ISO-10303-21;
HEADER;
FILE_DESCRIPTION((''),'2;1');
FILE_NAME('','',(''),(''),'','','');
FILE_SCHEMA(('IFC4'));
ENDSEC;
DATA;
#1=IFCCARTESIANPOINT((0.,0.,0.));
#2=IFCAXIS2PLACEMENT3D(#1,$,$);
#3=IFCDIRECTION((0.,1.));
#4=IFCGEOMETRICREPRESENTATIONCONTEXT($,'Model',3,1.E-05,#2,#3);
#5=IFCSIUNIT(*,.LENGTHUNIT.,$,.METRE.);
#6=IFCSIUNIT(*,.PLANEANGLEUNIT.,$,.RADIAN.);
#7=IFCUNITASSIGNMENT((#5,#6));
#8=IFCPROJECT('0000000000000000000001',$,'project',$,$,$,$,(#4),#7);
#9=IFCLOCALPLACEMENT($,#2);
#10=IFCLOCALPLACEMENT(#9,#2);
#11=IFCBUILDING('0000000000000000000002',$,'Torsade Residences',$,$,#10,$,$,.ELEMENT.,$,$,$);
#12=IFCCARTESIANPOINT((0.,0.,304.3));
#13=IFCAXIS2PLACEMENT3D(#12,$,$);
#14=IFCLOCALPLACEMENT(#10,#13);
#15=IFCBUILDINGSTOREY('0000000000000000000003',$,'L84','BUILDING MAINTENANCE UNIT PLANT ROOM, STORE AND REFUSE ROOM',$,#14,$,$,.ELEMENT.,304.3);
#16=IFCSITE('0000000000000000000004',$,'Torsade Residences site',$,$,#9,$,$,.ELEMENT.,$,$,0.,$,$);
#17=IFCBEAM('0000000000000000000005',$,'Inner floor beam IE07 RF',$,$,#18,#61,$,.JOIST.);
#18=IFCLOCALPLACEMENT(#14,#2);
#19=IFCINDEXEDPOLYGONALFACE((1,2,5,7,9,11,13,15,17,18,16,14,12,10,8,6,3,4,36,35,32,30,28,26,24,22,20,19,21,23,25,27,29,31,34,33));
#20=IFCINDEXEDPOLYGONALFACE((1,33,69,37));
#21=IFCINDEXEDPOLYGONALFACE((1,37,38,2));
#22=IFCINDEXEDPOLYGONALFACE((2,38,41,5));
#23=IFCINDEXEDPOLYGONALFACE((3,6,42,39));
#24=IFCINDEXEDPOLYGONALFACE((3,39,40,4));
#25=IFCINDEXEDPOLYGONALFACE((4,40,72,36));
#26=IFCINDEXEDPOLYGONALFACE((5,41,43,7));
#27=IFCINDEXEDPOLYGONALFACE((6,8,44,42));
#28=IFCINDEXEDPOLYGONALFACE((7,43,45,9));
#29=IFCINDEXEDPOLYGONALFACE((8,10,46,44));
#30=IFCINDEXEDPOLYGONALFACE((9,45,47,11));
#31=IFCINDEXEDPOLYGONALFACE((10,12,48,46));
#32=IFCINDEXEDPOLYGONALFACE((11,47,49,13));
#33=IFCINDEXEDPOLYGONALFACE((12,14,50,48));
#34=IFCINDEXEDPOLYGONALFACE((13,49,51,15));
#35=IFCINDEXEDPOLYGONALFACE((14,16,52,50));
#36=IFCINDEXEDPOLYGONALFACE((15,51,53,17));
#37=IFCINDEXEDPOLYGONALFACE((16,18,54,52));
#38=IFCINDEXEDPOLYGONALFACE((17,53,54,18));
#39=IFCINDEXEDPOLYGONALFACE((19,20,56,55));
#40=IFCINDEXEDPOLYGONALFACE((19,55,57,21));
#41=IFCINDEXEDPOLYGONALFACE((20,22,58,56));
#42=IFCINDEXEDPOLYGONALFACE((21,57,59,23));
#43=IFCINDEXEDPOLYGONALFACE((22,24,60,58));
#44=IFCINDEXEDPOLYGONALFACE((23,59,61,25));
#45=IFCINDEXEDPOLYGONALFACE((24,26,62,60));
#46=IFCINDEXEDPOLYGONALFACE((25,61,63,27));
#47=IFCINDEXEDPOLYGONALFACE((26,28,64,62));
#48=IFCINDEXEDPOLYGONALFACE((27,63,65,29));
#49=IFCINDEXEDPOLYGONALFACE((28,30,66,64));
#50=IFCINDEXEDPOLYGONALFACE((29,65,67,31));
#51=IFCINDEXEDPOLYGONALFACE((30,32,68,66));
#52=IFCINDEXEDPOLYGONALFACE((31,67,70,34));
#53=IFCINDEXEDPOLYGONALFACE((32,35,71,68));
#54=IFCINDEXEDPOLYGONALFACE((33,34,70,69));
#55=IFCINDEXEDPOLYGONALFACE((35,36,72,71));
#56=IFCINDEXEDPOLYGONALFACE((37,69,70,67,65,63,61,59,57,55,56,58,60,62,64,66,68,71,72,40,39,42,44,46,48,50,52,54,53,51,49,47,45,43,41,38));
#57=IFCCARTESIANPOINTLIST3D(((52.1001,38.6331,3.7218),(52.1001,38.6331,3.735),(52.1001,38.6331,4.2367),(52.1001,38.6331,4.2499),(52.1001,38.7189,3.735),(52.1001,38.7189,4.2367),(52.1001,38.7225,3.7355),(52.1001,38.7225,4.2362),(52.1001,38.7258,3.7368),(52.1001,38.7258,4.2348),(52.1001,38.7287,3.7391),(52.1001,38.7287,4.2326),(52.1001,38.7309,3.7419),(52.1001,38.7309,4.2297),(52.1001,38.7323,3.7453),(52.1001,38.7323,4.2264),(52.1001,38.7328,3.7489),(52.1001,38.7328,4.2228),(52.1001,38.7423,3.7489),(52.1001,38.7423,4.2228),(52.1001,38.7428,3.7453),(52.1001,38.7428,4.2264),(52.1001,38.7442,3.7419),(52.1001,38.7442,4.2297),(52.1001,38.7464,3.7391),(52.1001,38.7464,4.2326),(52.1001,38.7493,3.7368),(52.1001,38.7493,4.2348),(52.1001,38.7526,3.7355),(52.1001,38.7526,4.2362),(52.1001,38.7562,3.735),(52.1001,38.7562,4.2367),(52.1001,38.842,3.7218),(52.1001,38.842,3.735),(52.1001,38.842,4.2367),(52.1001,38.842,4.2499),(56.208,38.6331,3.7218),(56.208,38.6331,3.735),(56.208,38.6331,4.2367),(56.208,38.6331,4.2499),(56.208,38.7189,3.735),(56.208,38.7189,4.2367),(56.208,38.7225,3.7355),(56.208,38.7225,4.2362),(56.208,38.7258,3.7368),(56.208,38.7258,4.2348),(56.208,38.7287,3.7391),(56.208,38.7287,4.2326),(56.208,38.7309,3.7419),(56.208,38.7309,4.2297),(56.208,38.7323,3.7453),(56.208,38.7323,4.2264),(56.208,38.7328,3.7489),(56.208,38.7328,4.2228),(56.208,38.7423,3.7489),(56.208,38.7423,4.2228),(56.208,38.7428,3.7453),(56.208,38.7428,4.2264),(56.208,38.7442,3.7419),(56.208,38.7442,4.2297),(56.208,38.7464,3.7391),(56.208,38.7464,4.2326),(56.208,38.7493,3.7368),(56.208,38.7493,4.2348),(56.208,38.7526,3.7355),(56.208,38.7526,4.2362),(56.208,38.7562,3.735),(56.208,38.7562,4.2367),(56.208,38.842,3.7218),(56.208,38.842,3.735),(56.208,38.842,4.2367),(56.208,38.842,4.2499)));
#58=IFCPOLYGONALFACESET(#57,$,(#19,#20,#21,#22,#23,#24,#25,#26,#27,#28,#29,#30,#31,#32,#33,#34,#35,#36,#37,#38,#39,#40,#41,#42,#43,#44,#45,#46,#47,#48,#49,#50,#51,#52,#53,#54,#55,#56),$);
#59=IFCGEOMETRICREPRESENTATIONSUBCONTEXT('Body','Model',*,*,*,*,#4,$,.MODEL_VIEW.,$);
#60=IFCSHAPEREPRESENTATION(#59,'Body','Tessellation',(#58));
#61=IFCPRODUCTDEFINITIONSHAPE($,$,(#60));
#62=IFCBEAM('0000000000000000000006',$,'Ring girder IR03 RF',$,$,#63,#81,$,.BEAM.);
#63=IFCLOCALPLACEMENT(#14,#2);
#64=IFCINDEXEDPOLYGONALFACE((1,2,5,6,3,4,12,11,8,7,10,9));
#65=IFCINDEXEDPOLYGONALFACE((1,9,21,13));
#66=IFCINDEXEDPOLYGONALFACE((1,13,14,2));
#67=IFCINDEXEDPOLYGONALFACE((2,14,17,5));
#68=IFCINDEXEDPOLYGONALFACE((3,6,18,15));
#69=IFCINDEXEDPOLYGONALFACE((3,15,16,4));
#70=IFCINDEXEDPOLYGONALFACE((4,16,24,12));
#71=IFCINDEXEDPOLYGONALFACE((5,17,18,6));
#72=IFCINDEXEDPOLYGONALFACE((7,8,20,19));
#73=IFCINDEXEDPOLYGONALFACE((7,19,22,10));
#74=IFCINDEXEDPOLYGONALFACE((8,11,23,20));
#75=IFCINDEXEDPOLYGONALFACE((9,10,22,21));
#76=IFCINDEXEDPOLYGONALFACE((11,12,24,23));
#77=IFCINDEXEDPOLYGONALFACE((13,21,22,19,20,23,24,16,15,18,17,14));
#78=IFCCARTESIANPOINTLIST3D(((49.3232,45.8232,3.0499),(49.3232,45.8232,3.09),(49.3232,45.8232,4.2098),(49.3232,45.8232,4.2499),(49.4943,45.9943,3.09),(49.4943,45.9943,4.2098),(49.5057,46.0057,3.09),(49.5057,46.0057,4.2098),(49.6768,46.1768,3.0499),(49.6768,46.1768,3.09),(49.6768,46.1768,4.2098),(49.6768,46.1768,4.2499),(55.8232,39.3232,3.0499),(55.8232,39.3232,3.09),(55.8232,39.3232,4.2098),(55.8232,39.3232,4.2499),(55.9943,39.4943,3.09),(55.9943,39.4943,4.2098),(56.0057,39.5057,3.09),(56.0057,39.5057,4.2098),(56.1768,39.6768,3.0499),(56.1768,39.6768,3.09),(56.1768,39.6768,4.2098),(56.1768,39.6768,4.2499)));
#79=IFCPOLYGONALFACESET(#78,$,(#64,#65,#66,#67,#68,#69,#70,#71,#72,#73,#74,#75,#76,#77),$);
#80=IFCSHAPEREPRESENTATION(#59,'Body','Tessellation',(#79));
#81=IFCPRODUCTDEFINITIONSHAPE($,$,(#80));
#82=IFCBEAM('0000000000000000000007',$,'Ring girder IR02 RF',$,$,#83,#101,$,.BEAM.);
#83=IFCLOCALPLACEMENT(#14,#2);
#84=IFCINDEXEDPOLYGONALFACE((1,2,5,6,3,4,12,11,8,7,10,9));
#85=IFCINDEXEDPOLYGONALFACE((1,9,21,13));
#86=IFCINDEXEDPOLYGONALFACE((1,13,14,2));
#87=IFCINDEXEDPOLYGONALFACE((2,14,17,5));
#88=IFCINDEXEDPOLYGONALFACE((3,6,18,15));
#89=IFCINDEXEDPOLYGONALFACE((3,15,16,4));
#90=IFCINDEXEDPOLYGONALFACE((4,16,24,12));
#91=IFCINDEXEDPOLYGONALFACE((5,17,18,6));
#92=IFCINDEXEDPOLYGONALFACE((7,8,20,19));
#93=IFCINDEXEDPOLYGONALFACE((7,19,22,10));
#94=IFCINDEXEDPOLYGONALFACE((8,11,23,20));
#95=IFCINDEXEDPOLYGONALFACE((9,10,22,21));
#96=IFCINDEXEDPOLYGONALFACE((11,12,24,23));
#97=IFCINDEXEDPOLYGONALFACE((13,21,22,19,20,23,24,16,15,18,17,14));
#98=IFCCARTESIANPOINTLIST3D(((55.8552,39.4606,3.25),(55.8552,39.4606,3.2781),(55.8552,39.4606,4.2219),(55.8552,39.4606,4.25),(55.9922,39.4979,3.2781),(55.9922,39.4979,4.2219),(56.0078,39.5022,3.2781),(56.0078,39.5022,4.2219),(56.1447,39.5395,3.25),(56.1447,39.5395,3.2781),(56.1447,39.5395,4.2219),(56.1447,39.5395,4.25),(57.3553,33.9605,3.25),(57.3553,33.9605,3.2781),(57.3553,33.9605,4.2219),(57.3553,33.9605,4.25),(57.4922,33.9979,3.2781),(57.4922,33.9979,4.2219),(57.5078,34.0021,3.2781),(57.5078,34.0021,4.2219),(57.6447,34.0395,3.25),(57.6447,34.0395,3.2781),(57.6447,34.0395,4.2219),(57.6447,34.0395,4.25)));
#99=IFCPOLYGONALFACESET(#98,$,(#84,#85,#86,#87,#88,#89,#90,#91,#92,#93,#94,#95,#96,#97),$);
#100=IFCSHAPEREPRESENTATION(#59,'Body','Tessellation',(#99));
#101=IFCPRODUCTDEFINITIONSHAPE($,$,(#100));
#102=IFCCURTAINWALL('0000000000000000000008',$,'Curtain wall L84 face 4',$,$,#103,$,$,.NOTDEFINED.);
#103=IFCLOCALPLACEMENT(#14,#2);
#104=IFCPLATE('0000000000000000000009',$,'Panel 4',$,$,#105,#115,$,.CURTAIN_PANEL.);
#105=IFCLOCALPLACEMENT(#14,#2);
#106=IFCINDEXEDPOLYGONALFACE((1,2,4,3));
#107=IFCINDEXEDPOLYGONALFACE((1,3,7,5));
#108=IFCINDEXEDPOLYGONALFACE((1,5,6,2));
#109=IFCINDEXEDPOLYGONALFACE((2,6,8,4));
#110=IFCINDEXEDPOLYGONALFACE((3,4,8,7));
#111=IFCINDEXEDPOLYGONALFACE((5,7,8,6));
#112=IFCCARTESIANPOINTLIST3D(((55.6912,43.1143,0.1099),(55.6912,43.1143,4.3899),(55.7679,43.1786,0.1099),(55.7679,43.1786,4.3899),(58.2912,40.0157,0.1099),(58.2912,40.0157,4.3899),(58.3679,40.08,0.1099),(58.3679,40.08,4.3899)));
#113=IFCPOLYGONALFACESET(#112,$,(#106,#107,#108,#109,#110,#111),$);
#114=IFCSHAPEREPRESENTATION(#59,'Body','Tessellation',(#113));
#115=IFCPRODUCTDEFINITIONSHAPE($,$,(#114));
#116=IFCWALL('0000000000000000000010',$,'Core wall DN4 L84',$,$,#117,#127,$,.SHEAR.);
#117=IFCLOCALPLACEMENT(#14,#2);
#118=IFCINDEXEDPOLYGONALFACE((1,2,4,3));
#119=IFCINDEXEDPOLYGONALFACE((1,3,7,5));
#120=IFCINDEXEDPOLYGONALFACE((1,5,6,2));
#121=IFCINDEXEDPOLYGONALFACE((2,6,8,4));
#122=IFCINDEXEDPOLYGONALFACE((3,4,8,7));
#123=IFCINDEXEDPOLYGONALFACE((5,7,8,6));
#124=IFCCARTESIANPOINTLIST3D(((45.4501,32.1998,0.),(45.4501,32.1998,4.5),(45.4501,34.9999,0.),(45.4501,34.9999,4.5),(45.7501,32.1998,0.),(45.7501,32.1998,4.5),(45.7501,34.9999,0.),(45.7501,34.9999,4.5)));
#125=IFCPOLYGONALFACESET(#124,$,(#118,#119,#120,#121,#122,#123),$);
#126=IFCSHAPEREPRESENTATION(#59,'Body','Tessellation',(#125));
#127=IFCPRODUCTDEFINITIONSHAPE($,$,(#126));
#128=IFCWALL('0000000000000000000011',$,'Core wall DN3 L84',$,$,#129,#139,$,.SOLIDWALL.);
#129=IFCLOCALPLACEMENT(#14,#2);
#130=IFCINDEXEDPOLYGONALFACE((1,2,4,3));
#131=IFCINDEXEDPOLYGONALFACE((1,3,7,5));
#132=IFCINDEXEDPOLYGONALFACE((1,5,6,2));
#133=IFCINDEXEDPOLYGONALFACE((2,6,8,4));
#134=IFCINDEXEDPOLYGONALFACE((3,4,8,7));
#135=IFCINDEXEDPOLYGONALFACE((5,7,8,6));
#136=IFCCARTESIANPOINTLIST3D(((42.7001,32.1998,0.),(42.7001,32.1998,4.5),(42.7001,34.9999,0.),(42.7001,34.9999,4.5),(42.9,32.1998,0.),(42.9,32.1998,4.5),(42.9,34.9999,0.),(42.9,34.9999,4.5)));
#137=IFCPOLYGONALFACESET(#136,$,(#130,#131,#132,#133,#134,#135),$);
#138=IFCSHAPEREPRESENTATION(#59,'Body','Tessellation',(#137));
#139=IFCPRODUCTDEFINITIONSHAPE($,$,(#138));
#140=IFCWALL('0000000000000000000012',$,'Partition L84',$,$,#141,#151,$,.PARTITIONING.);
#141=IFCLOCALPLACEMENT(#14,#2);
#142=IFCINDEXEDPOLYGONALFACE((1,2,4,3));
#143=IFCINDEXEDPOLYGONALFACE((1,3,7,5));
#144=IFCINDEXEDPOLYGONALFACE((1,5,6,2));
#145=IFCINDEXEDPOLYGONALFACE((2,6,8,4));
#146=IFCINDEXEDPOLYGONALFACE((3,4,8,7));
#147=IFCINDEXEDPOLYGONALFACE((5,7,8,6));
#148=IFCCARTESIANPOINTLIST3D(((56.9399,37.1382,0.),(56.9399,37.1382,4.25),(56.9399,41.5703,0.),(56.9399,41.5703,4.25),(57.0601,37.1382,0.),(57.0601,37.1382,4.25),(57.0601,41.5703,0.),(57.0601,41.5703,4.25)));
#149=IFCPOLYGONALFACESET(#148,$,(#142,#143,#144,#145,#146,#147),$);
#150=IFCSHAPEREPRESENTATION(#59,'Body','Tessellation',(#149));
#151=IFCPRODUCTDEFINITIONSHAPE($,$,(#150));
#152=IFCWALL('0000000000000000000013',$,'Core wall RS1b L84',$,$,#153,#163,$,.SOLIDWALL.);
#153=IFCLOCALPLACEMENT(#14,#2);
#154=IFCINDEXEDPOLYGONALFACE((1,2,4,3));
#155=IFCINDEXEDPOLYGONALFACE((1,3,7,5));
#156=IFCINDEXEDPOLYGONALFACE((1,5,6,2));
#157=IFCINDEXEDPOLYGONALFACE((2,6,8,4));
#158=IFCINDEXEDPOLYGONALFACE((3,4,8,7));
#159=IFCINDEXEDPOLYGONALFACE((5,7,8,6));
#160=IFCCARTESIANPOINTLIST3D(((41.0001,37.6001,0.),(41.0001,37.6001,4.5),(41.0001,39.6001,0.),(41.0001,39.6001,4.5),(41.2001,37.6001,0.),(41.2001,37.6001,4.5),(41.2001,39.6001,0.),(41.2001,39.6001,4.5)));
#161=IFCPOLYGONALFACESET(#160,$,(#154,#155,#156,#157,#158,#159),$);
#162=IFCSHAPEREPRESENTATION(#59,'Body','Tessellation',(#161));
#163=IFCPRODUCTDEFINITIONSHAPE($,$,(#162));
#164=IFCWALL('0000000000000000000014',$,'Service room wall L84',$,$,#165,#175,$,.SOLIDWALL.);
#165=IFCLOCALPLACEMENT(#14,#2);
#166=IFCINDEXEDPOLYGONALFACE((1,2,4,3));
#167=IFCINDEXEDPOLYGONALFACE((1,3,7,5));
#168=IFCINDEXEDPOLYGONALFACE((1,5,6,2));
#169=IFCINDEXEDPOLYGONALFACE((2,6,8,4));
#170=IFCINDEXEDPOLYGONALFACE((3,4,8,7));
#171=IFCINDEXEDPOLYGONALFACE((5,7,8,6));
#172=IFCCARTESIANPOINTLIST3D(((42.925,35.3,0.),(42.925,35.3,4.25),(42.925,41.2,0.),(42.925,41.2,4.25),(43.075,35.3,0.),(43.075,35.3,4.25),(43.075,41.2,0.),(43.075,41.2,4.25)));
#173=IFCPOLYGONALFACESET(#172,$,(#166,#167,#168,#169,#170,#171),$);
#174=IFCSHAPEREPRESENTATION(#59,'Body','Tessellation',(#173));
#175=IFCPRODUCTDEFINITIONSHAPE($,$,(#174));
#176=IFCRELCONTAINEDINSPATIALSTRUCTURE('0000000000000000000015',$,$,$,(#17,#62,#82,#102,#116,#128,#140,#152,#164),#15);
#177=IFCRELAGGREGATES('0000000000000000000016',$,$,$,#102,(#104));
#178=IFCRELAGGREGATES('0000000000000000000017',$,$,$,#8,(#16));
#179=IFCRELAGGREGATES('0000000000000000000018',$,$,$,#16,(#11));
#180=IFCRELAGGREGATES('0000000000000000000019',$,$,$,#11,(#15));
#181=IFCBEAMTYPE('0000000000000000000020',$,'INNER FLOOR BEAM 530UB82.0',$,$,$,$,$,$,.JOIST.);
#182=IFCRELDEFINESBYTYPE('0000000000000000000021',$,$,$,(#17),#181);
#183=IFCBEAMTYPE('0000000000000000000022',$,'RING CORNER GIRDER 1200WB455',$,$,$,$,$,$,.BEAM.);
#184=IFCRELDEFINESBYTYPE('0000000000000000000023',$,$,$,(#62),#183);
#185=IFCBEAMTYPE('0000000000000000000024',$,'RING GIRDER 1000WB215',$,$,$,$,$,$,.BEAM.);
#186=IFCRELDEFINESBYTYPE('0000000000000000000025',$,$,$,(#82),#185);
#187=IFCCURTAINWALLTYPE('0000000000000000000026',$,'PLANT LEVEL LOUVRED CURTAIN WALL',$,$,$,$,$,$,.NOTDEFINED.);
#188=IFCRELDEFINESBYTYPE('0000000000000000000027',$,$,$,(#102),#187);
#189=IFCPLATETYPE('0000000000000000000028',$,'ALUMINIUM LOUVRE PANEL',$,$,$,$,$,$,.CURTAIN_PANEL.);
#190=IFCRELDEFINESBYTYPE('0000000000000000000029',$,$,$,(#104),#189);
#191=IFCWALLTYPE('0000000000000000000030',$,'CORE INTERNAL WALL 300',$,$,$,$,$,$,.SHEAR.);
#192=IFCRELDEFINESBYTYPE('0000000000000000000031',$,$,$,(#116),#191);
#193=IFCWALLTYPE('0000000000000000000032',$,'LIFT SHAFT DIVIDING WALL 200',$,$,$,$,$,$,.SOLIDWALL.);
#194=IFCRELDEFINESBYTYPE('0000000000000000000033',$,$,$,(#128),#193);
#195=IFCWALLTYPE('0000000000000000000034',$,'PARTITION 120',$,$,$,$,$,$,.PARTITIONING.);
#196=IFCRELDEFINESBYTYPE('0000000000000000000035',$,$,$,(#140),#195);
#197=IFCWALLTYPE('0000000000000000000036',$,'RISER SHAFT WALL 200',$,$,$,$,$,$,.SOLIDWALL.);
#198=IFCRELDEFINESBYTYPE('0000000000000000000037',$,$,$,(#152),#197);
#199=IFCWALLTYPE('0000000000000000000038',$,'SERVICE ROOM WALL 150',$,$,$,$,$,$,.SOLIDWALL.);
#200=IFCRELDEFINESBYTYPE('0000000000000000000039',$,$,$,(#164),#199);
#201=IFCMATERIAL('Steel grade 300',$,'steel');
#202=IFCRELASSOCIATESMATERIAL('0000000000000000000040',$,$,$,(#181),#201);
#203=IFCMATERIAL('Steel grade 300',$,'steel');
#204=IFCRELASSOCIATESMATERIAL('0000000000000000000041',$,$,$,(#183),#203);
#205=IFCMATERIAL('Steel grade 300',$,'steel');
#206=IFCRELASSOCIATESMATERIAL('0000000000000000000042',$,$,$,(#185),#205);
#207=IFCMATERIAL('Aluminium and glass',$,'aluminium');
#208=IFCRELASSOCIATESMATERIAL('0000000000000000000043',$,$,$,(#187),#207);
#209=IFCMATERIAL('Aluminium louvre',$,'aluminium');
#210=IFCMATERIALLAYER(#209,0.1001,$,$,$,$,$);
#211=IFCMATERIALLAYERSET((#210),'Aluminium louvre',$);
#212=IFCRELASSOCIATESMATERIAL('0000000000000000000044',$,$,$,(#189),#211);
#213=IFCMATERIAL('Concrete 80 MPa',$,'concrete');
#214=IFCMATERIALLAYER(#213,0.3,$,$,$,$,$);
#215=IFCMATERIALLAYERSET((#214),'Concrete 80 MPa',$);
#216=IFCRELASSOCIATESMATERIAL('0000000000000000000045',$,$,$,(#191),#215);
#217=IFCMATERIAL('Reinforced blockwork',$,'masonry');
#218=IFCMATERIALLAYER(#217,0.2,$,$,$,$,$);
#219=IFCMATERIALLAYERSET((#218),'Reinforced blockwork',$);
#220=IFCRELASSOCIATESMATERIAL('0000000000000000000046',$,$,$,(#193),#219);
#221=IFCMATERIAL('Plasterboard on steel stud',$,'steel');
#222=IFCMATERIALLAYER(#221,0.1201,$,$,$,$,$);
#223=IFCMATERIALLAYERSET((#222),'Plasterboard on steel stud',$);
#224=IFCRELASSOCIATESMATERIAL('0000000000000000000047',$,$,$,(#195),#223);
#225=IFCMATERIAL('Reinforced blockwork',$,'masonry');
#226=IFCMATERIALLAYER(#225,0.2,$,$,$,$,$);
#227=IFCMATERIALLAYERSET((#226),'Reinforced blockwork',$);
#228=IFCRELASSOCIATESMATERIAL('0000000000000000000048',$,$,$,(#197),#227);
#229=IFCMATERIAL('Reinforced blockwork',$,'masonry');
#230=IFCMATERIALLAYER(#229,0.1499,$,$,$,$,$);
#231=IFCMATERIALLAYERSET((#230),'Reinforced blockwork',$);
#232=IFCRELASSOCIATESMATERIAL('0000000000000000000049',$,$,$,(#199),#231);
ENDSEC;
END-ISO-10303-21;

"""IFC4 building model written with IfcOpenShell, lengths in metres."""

from ifc_helpers import new_model, si_unit, direction, frame, frame_2d, origin, origin_2d, place, context, subcontext, project, spatial, rectangle, i_section, extrude, material, layer, layer_set, material_profile, profile_set, type_object, element, aggregate, save


model = new_model("IFC4")

# Units and contexts
model_context = context("Model", 3, precision=1e-05, world=origin(), true_north=direction((0.0, 1.0)))
body_context = subcontext(model_context, "Body", "Model", "MODEL_VIEW")
ifc_project = project(units=[si_unit("LENGTHUNIT", "METRE"), si_unit("PLANEANGLEUNIT", "RADIAN")], contexts=[model_context])

# Site, building, storey
site_placement = place(None, origin())
site = spatial("IfcSite", under=ifc_project, at=site_placement, Name="Torsade Residences site", CompositionType="ELEMENT", RefElevation=0.0)
building_placement = place(site_placement, origin())
building = spatial("IfcBuilding", under=site, at=building_placement, Name="Torsade Residences", CompositionType="ELEMENT")
storey_placement = place(building_placement, frame((0.0, 0.0, 304.3)))
storey = spatial("IfcBuildingStorey", under=building, at=storey_placement, Name="L84", Description="BUILDING MAINTENANCE UNIT PLANT ROOM, STORE AND REFUSE ROOM", CompositionType="ELEMENT", Elevation=304.3)

# Beams
ifc_material_1 = material(Name="Steel grade 300", Category="steel")
ifc_material_profile_1 = material_profile(ifc_material_1, i_section(OverallWidth=0.209, OverallDepth=0.5281, WebThickness=0.0095, FlangeThickness=0.0132, FilletRadius=0.0139, at=origin_2d()), Name="530UB82.0")
ifc_profile_set_1 = profile_set([ifc_material_profile_1], Name="Steel grade 300")
beam_type_1 = type_object("IfcBeamType", Name="INNER FLOOR BEAM 530UB82.0", PredefinedType="JOIST", material=ifc_profile_set_1)
beam_1_placement = place(storey_placement, frame((52.1001, 38.7375, 3.9858), z_axis=(1.0, 0.0, 0.0), x_axis=(0.0, 1.0, 0.0)))
element("IfcBeam", 1, at=beam_1_placement, inside=storey, type_object=beam_type_1, Name="Inner floor beam IE07 RF", PredefinedType="JOIST", context=body_context, shape_type="SweptSolid", body=[
    extrude(i_section(OverallWidth=0.209, OverallDepth=0.5281, WebThickness=0.0095, FlangeThickness=0.0132, FilletRadius=0.0139, at=origin_2d()), origin(), (0.0, 0.0, 1.0), 4.1079),
])
ifc_material_2 = material(Name="Steel grade 300", Category="steel")
ifc_material_profile_2 = material_profile(ifc_material_2, i_section(OverallWidth=0.5, OverallDepth=1.2, WebThickness=0.0161, FlangeThickness=0.04, at=origin_2d()), Name="1200WB455")
ifc_profile_set_2 = profile_set([ifc_material_profile_2], Name="Steel grade 300")
beam_type_2 = type_object("IfcBeamType", Name="RING CORNER GIRDER 1200WB455", PredefinedType="BEAM", material=ifc_profile_set_2)
beam_2_placement = place(storey_placement, frame((56.0, 39.5, 3.6499), z_axis=(-0.707107, 0.707107, 0.0), x_axis=(-0.707107, -0.707107, 0.0)))
element("IfcBeam", 2, at=beam_2_placement, inside=storey, type_object=beam_type_2, Name="Ring girder IR03 RF", PredefinedType="BEAM", context=body_context, shape_type="SweptSolid", body=[
    extrude(i_section(OverallWidth=0.5, OverallDepth=1.2, WebThickness=0.0161, FlangeThickness=0.04, at=origin_2d()), origin(), (0.0, 0.0, 1.0), 9.1924),
])
ifc_material_3 = material(Name="Steel grade 300", Category="steel")
ifc_material_profile_3 = material_profile(ifc_material_3, i_section(OverallWidth=0.3, OverallDepth=1.0, WebThickness=0.0161, FlangeThickness=0.0281, at=origin_2d()), Name="1000WB215")
ifc_profile_set_3 = profile_set([ifc_material_profile_3], Name="Steel grade 300")
beam_type_3 = type_object("IfcBeamType", Name="RING GIRDER 1000WB215", PredefinedType="BEAM", material=ifc_profile_set_3)
beam_3_placement = place(storey_placement, frame((57.5, 34.0, 3.75), z_axis=(-0.263117, 0.964764, 0.0), x_axis=(-0.964764, -0.263117, 0.0)))
element("IfcBeam", 3, at=beam_3_placement, inside=storey, type_object=beam_type_3, Name="Ring girder IR02 RF", PredefinedType="BEAM", context=body_context, shape_type="SweptSolid", body=[
    extrude(i_section(OverallWidth=0.3, OverallDepth=1.0, WebThickness=0.0161, FlangeThickness=0.0281, at=origin_2d()), origin(), (0.0, 0.0, 1.0), 5.7009),
])

# Curtain wall, plate
ifc_material_4 = material(Name="Aluminium and glass", Category="aluminium")
curtain_wall_type = type_object("IfcCurtainWallType", Name="PLANT LEVEL LOUVRED CURTAIN WALL", PredefinedType="NOTDEFINED", material=ifc_material_4)
curtain_wall_placement = place(storey_placement, origin())
curtain_wall = element("IfcCurtainWall", 4, at=curtain_wall_placement, inside=storey, type_object=curtain_wall_type, Name="Curtain wall L84 face 4", PredefinedType="NOTDEFINED")
ifc_material_5 = material(Name="Aluminium louvre", Category="aluminium")
ifc_layer_1 = layer(ifc_material_5, 0.1001)
ifc_layer_set_1 = layer_set([ifc_layer_1], Name="Aluminium louvre")
plate_type = type_object("IfcPlateType", Name="ALUMINIUM LOUVRE PANEL", PredefinedType="CURTAIN_PANEL", material=ifc_layer_set_1)
plate_placement = place(storey_placement, frame((57.0295, 41.5972, 0.1099), z_axis=(0.0, 0.0, 1.0), x_axis=(-0.642788, 0.766044, 0.0)))
plate = element("IfcPlate", 5, at=plate_placement, type_object=plate_type, Name="Panel 4", PredefinedType="CURTAIN_PANEL", context=body_context, shape_type="SweptSolid", body=[
    extrude(rectangle(XDim=4.0449, YDim=0.1001, at=origin_2d()), origin(), (0.0, 0.0, 1.0), 4.28),
])
aggregate(curtain_wall, [plate])

# Walls
ifc_material_6 = material(Name="Concrete 80 MPa", Category="concrete")
ifc_layer_2 = layer(ifc_material_6, 0.3)
ifc_layer_set_2 = layer_set([ifc_layer_2], Name="Concrete 80 MPa")
wall_type_1 = type_object("IfcWallType", Name="CORE INTERNAL WALL 300", PredefinedType="SHEAR", material=ifc_layer_set_2)
wall_1_placement = place(storey_placement, frame((45.6001, 32.2, 0.0), z_axis=(0.0, 0.0, 1.0), x_axis=(0.0, 1.0, 0.0)))
element("IfcWall", 6, at=wall_1_placement, inside=storey, type_object=wall_type_1, Name="Core wall DN4 L84", PredefinedType="SHEAR", context=body_context, shape_type="SweptSolid", body=[
    extrude(rectangle(XDim=2.8, YDim=0.3, at=frame_2d((1.3999, 0.0))), origin(), (0.0, 0.0, 1.0), 4.5),
])
ifc_material_7 = material(Name="Reinforced blockwork", Category="masonry")
ifc_layer_3 = layer(ifc_material_7, 0.2)
ifc_layer_set_3 = layer_set([ifc_layer_3], Name="Reinforced blockwork")
wall_type_2 = type_object("IfcWallType", Name="LIFT SHAFT DIVIDING WALL 200", PredefinedType="SOLIDWALL", material=ifc_layer_set_3)
wall_2_placement = place(storey_placement, frame((42.8, 32.2, 0.0), z_axis=(0.0, 0.0, 1.0), x_axis=(0.0, 1.0, 0.0)))
element("IfcWall", 7, at=wall_2_placement, inside=storey, type_object=wall_type_2, Name="Core wall DN3 L84", PredefinedType="SOLIDWALL", context=body_context, shape_type="SweptSolid", body=[
    extrude(rectangle(XDim=2.8, YDim=0.2, at=frame_2d((1.3999, 0.0))), origin(), (0.0, 0.0, 1.0), 4.5),
])
ifc_material_8 = material(Name="Plasterboard on steel stud", Category="steel")
ifc_layer_4 = layer(ifc_material_8, 0.1201)
ifc_layer_set_4 = layer_set([ifc_layer_4], Name="Plasterboard on steel stud")
wall_type_3 = type_object("IfcWallType", Name="PARTITION 120", PredefinedType="PARTITIONING", material=ifc_layer_set_4)
wall_3_placement = place(storey_placement, frame((57.0, 41.5703, 0.0), z_axis=(0.0, 0.0, 1.0), x_axis=(0.0, -1.0, 0.0)))
element("IfcWall", 8, at=wall_3_placement, inside=storey, type_object=wall_type_3, Name="Partition L84", PredefinedType="PARTITIONING", context=body_context, shape_type="SweptSolid", body=[
    extrude(rectangle(XDim=4.4321, YDim=0.1201, at=frame_2d((2.2161, 0.0))), origin(), (0.0, 0.0, 1.0), 4.25),
])
ifc_material_9 = material(Name="Reinforced blockwork", Category="masonry")
ifc_layer_5 = layer(ifc_material_9, 0.2)
ifc_layer_set_5 = layer_set([ifc_layer_5], Name="Reinforced blockwork")
wall_type_4 = type_object("IfcWallType", Name="RISER SHAFT WALL 200", PredefinedType="SOLIDWALL", material=ifc_layer_set_5)
wall_4_placement = place(storey_placement, frame((41.1001, 37.6001, 0.0), z_axis=(0.0, 0.0, 1.0), x_axis=(0.0, 1.0, 0.0)))
element("IfcWall", 9, at=wall_4_placement, inside=storey, type_object=wall_type_4, Name="Core wall RS1b L84", PredefinedType="SOLIDWALL", context=body_context, shape_type="SweptSolid", body=[
    extrude(rectangle(XDim=2.0, YDim=0.2, at=frame_2d((1.0, 0.0))), origin(), (0.0, 0.0, 1.0), 4.5),
])
ifc_material_10 = material(Name="Reinforced blockwork", Category="masonry")
ifc_layer_6 = layer(ifc_material_10, 0.1499)
ifc_layer_set_6 = layer_set([ifc_layer_6], Name="Reinforced blockwork")
wall_type_5 = type_object("IfcWallType", Name="SERVICE ROOM WALL 150", PredefinedType="SOLIDWALL", material=ifc_layer_set_6)
wall_5_placement = place(storey_placement, frame((43.0, 41.2, 0.0), z_axis=(0.0, 0.0, 1.0), x_axis=(0.0, -1.0, 0.0)))
element("IfcWall", 10, at=wall_5_placement, inside=storey, type_object=wall_type_5, Name="Service room wall L84", PredefinedType="SOLIDWALL", context=body_context, shape_type="SweptSolid", body=[
    extrude(rectangle(XDim=5.8999, YDim=0.1499, at=frame_2d((2.95, 0.0))), origin(), (0.0, 0.0, 1.0), 4.25),
])

save(model, "model.ifc")
